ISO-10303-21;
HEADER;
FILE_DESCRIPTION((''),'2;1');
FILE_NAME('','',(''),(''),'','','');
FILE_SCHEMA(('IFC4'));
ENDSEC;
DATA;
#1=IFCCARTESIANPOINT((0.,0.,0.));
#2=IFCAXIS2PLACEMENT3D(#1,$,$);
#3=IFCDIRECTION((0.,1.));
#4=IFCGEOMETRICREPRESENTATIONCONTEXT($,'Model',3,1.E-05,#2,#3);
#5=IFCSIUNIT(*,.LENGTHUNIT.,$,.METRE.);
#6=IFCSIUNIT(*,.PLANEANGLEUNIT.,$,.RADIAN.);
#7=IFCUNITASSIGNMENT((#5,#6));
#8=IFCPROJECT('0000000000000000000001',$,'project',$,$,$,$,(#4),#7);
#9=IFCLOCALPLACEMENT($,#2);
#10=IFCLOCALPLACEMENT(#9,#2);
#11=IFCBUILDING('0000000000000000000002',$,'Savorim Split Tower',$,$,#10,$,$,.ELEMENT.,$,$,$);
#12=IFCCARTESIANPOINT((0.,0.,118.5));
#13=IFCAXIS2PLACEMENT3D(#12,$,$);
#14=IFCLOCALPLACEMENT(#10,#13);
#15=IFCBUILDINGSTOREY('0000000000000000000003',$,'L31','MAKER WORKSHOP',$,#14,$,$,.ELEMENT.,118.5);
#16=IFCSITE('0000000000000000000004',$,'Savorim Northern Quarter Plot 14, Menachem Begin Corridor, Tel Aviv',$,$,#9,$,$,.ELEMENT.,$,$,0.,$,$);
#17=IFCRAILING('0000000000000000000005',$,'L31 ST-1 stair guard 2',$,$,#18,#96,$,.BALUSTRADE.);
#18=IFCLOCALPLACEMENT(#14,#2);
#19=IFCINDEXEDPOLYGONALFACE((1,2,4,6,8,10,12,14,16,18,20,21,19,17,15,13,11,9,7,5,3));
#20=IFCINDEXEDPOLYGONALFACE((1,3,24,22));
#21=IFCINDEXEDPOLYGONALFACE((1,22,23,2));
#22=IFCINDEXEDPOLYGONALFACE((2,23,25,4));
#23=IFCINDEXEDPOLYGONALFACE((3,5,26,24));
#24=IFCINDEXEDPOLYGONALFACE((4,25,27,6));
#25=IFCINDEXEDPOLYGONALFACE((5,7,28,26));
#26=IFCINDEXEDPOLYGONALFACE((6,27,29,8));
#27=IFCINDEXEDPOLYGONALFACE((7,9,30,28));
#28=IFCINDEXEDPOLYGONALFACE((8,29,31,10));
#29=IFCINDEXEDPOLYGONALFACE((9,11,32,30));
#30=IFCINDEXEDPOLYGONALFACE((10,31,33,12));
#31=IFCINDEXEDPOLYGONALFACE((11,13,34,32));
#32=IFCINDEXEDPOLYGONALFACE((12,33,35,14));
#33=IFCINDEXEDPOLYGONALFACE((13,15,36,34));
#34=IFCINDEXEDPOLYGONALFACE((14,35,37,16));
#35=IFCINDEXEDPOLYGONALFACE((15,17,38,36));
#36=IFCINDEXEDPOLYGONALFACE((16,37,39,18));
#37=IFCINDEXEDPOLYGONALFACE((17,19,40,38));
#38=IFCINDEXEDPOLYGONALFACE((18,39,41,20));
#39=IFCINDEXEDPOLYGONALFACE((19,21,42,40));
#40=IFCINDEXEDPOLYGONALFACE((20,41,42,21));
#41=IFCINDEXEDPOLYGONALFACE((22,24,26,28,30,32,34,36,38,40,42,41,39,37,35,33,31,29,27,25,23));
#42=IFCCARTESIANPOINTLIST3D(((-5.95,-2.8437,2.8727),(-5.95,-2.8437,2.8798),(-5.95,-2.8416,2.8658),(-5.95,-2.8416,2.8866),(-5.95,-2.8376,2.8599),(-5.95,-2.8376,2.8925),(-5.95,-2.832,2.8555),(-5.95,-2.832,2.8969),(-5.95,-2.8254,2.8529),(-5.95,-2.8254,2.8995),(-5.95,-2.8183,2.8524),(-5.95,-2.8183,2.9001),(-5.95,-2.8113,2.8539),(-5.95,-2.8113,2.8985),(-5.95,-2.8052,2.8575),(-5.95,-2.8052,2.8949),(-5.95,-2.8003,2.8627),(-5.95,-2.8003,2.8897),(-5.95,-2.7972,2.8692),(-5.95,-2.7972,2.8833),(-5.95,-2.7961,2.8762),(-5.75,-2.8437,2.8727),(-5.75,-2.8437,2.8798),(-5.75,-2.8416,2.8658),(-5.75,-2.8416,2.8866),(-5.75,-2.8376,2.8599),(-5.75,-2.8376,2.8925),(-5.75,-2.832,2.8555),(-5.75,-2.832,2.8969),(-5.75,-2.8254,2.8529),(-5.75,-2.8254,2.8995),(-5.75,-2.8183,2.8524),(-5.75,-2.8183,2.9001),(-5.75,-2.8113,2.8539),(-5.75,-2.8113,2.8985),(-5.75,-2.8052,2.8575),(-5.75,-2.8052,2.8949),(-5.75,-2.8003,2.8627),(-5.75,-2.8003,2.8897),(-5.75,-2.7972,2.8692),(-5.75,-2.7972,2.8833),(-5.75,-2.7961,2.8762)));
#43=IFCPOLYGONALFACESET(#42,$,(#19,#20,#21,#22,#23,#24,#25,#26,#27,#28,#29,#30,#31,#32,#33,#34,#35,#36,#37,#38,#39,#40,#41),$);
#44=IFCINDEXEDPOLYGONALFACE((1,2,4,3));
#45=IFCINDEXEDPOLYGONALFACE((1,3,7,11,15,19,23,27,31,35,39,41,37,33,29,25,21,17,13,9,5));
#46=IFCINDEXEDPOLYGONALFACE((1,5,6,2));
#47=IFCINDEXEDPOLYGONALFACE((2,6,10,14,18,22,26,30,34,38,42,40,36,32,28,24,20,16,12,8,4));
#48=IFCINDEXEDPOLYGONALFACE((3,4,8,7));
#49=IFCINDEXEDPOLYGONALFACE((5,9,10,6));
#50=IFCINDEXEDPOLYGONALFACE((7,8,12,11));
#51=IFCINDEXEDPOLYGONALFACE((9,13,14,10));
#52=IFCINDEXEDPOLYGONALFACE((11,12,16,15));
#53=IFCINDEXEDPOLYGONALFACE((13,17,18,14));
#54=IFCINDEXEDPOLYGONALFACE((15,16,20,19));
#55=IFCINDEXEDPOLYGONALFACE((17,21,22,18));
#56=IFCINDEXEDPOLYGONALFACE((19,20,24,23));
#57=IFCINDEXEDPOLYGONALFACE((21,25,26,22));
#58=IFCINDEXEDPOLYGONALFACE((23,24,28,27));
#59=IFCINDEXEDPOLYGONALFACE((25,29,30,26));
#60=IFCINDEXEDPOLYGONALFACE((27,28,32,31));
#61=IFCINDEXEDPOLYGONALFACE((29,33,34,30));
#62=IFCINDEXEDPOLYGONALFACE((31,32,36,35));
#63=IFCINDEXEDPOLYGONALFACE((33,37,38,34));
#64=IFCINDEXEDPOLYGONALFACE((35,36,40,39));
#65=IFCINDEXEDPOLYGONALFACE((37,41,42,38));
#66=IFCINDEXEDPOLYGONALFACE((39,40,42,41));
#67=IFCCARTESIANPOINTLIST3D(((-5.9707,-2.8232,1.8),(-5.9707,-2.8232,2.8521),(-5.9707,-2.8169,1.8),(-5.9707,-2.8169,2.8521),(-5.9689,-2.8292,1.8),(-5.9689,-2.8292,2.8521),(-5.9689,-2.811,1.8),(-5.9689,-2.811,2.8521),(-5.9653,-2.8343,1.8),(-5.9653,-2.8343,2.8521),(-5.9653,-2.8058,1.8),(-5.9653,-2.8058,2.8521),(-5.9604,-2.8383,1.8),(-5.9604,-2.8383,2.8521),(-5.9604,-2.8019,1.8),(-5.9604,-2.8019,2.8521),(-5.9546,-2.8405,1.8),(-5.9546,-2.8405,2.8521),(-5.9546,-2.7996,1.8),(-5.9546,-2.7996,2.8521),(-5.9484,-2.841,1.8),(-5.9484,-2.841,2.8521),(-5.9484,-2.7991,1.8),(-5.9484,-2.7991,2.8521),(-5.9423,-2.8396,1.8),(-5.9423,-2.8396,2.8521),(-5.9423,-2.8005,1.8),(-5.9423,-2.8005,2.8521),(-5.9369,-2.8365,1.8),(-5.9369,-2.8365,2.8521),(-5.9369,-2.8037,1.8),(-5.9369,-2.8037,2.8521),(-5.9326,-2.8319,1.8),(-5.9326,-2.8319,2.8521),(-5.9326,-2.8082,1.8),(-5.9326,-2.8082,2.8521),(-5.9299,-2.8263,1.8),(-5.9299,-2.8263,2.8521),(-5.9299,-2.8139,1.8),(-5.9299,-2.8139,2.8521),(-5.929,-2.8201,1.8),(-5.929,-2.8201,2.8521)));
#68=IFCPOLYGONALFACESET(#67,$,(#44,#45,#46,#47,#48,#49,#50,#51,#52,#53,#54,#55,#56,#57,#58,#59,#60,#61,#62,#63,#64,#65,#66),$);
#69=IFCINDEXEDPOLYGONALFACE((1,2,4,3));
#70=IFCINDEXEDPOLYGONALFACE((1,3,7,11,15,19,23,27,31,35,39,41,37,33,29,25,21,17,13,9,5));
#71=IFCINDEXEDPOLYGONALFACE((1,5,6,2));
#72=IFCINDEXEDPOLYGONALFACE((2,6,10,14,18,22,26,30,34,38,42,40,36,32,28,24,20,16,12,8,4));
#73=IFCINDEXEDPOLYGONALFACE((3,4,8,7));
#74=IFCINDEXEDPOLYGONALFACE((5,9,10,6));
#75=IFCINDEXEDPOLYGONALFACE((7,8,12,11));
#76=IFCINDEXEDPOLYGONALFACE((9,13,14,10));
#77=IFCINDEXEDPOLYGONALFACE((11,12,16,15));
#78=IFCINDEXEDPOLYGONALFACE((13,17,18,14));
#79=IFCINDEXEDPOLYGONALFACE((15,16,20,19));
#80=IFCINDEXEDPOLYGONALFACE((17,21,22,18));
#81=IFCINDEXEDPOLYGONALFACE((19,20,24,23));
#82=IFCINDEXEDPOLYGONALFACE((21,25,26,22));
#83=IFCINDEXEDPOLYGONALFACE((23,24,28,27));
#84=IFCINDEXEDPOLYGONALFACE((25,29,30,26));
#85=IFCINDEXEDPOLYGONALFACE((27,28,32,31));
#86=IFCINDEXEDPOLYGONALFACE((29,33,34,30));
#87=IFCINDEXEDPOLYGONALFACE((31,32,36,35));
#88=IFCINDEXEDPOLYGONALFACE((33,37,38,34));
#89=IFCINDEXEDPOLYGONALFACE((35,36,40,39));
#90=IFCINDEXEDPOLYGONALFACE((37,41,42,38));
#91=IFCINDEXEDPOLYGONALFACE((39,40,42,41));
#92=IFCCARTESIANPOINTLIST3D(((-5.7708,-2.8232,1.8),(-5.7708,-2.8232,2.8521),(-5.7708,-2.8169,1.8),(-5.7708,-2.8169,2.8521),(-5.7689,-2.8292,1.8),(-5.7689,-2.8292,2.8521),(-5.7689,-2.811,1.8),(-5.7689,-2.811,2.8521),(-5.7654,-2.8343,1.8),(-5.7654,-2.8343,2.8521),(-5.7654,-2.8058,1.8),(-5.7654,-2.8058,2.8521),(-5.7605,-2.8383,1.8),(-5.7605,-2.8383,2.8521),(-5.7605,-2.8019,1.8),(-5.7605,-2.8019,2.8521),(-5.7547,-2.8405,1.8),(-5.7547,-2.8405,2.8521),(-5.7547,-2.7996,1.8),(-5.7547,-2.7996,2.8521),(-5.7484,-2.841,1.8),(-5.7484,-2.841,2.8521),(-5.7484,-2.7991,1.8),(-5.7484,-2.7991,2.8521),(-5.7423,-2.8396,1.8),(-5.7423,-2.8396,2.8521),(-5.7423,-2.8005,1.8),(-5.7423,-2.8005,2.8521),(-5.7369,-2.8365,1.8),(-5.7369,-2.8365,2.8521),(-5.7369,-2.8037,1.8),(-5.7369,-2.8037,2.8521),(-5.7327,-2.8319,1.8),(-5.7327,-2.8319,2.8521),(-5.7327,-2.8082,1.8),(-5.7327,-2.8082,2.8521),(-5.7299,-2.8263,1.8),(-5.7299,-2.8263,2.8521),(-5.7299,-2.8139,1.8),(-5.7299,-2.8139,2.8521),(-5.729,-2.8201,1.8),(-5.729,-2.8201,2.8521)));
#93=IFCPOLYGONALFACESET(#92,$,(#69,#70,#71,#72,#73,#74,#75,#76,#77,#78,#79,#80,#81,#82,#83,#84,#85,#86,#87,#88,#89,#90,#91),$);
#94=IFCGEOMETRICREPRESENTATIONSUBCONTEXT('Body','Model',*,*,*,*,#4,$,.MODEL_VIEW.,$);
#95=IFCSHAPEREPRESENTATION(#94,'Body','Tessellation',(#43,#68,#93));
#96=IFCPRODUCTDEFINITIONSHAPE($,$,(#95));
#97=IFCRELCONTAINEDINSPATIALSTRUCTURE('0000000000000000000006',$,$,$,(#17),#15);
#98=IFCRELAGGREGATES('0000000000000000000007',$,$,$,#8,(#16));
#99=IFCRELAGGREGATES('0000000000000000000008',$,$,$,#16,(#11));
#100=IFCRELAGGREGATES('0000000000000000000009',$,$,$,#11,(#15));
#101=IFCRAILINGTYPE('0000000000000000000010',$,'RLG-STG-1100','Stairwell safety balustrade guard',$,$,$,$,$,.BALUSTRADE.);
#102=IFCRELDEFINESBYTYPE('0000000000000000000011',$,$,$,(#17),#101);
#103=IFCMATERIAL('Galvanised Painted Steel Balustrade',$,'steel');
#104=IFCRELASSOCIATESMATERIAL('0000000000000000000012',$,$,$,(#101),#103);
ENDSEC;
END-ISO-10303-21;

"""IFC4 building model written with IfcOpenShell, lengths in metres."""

from ifc_helpers import new_model, si_unit, direction, frame, origin, origin_2d, place, context, subcontext, project, spatial, circle, extrude, material, type_object, element, save


model = new_model("IFC4")

# Units and contexts
model_context = context("Model", 3, precision=1e-05, world=origin(), true_north=direction((0.0, 1.0)))
body_context = subcontext(model_context, "Body", "Model", "MODEL_VIEW")
ifc_project = project(units=[si_unit("LENGTHUNIT", "METRE"), si_unit("PLANEANGLEUNIT", "RADIAN")], contexts=[model_context])

# Site, building, storey
site_placement = place(None, origin())
site = spatial("IfcSite", under=ifc_project, at=site_placement, Name="Savorim Northern Quarter Plot 14, Menachem Begin Corridor, Tel Aviv", CompositionType="ELEMENT", RefElevation=0.0)
building_placement = place(site_placement, origin())
building = spatial("IfcBuilding", under=site, at=building_placement, Name="Savorim Split Tower", CompositionType="ELEMENT")
storey_placement = place(building_placement, frame((0.0, 0.0, 118.5)))
storey = spatial("IfcBuildingStorey", under=building, at=storey_placement, Name="L31", Description="MAKER WORKSHOP", CompositionType="ELEMENT", Elevation=118.5)

# Railing
ifc_material_1 = material(Name="Galvanised Painted Steel Balustrade", Category="steel")
railing_type_1 = type_object("IfcRailingType", Name="RLG-STG-1100", Description="Stairwell safety balustrade guard", PredefinedType="BALUSTRADE", material=ifc_material_1)
railing_1_placement = place(storey_placement, frame((-5.95, -2.8201, 1.8)))
element("IfcRailing", 1, at=railing_1_placement, inside=storey, type_object=railing_type_1, Name="L31 ST-1 stair guard 2", PredefinedType="BALUSTRADE", context=body_context, shape_type="SweptSolid", body=[
    extrude(circle(Radius=0.0239, at=origin_2d()), frame((0.0, 0.0, 1.0762), z_axis=(1.0, 0.0, 0.0), x_axis=(0.0, 1.0, 0.0)), (0.0, 0.0, 1.0), 0.2),
    extrude(circle(Radius=0.021, at=origin_2d()), origin(), (0.0, 0.0, 1.0), 1.052),
    extrude(circle(Radius=0.021, at=origin_2d()), frame((0.2, 0.0, 0.0)), (0.0, 0.0, 1.0), 1.052),
])

save(model, "model.ifc")
